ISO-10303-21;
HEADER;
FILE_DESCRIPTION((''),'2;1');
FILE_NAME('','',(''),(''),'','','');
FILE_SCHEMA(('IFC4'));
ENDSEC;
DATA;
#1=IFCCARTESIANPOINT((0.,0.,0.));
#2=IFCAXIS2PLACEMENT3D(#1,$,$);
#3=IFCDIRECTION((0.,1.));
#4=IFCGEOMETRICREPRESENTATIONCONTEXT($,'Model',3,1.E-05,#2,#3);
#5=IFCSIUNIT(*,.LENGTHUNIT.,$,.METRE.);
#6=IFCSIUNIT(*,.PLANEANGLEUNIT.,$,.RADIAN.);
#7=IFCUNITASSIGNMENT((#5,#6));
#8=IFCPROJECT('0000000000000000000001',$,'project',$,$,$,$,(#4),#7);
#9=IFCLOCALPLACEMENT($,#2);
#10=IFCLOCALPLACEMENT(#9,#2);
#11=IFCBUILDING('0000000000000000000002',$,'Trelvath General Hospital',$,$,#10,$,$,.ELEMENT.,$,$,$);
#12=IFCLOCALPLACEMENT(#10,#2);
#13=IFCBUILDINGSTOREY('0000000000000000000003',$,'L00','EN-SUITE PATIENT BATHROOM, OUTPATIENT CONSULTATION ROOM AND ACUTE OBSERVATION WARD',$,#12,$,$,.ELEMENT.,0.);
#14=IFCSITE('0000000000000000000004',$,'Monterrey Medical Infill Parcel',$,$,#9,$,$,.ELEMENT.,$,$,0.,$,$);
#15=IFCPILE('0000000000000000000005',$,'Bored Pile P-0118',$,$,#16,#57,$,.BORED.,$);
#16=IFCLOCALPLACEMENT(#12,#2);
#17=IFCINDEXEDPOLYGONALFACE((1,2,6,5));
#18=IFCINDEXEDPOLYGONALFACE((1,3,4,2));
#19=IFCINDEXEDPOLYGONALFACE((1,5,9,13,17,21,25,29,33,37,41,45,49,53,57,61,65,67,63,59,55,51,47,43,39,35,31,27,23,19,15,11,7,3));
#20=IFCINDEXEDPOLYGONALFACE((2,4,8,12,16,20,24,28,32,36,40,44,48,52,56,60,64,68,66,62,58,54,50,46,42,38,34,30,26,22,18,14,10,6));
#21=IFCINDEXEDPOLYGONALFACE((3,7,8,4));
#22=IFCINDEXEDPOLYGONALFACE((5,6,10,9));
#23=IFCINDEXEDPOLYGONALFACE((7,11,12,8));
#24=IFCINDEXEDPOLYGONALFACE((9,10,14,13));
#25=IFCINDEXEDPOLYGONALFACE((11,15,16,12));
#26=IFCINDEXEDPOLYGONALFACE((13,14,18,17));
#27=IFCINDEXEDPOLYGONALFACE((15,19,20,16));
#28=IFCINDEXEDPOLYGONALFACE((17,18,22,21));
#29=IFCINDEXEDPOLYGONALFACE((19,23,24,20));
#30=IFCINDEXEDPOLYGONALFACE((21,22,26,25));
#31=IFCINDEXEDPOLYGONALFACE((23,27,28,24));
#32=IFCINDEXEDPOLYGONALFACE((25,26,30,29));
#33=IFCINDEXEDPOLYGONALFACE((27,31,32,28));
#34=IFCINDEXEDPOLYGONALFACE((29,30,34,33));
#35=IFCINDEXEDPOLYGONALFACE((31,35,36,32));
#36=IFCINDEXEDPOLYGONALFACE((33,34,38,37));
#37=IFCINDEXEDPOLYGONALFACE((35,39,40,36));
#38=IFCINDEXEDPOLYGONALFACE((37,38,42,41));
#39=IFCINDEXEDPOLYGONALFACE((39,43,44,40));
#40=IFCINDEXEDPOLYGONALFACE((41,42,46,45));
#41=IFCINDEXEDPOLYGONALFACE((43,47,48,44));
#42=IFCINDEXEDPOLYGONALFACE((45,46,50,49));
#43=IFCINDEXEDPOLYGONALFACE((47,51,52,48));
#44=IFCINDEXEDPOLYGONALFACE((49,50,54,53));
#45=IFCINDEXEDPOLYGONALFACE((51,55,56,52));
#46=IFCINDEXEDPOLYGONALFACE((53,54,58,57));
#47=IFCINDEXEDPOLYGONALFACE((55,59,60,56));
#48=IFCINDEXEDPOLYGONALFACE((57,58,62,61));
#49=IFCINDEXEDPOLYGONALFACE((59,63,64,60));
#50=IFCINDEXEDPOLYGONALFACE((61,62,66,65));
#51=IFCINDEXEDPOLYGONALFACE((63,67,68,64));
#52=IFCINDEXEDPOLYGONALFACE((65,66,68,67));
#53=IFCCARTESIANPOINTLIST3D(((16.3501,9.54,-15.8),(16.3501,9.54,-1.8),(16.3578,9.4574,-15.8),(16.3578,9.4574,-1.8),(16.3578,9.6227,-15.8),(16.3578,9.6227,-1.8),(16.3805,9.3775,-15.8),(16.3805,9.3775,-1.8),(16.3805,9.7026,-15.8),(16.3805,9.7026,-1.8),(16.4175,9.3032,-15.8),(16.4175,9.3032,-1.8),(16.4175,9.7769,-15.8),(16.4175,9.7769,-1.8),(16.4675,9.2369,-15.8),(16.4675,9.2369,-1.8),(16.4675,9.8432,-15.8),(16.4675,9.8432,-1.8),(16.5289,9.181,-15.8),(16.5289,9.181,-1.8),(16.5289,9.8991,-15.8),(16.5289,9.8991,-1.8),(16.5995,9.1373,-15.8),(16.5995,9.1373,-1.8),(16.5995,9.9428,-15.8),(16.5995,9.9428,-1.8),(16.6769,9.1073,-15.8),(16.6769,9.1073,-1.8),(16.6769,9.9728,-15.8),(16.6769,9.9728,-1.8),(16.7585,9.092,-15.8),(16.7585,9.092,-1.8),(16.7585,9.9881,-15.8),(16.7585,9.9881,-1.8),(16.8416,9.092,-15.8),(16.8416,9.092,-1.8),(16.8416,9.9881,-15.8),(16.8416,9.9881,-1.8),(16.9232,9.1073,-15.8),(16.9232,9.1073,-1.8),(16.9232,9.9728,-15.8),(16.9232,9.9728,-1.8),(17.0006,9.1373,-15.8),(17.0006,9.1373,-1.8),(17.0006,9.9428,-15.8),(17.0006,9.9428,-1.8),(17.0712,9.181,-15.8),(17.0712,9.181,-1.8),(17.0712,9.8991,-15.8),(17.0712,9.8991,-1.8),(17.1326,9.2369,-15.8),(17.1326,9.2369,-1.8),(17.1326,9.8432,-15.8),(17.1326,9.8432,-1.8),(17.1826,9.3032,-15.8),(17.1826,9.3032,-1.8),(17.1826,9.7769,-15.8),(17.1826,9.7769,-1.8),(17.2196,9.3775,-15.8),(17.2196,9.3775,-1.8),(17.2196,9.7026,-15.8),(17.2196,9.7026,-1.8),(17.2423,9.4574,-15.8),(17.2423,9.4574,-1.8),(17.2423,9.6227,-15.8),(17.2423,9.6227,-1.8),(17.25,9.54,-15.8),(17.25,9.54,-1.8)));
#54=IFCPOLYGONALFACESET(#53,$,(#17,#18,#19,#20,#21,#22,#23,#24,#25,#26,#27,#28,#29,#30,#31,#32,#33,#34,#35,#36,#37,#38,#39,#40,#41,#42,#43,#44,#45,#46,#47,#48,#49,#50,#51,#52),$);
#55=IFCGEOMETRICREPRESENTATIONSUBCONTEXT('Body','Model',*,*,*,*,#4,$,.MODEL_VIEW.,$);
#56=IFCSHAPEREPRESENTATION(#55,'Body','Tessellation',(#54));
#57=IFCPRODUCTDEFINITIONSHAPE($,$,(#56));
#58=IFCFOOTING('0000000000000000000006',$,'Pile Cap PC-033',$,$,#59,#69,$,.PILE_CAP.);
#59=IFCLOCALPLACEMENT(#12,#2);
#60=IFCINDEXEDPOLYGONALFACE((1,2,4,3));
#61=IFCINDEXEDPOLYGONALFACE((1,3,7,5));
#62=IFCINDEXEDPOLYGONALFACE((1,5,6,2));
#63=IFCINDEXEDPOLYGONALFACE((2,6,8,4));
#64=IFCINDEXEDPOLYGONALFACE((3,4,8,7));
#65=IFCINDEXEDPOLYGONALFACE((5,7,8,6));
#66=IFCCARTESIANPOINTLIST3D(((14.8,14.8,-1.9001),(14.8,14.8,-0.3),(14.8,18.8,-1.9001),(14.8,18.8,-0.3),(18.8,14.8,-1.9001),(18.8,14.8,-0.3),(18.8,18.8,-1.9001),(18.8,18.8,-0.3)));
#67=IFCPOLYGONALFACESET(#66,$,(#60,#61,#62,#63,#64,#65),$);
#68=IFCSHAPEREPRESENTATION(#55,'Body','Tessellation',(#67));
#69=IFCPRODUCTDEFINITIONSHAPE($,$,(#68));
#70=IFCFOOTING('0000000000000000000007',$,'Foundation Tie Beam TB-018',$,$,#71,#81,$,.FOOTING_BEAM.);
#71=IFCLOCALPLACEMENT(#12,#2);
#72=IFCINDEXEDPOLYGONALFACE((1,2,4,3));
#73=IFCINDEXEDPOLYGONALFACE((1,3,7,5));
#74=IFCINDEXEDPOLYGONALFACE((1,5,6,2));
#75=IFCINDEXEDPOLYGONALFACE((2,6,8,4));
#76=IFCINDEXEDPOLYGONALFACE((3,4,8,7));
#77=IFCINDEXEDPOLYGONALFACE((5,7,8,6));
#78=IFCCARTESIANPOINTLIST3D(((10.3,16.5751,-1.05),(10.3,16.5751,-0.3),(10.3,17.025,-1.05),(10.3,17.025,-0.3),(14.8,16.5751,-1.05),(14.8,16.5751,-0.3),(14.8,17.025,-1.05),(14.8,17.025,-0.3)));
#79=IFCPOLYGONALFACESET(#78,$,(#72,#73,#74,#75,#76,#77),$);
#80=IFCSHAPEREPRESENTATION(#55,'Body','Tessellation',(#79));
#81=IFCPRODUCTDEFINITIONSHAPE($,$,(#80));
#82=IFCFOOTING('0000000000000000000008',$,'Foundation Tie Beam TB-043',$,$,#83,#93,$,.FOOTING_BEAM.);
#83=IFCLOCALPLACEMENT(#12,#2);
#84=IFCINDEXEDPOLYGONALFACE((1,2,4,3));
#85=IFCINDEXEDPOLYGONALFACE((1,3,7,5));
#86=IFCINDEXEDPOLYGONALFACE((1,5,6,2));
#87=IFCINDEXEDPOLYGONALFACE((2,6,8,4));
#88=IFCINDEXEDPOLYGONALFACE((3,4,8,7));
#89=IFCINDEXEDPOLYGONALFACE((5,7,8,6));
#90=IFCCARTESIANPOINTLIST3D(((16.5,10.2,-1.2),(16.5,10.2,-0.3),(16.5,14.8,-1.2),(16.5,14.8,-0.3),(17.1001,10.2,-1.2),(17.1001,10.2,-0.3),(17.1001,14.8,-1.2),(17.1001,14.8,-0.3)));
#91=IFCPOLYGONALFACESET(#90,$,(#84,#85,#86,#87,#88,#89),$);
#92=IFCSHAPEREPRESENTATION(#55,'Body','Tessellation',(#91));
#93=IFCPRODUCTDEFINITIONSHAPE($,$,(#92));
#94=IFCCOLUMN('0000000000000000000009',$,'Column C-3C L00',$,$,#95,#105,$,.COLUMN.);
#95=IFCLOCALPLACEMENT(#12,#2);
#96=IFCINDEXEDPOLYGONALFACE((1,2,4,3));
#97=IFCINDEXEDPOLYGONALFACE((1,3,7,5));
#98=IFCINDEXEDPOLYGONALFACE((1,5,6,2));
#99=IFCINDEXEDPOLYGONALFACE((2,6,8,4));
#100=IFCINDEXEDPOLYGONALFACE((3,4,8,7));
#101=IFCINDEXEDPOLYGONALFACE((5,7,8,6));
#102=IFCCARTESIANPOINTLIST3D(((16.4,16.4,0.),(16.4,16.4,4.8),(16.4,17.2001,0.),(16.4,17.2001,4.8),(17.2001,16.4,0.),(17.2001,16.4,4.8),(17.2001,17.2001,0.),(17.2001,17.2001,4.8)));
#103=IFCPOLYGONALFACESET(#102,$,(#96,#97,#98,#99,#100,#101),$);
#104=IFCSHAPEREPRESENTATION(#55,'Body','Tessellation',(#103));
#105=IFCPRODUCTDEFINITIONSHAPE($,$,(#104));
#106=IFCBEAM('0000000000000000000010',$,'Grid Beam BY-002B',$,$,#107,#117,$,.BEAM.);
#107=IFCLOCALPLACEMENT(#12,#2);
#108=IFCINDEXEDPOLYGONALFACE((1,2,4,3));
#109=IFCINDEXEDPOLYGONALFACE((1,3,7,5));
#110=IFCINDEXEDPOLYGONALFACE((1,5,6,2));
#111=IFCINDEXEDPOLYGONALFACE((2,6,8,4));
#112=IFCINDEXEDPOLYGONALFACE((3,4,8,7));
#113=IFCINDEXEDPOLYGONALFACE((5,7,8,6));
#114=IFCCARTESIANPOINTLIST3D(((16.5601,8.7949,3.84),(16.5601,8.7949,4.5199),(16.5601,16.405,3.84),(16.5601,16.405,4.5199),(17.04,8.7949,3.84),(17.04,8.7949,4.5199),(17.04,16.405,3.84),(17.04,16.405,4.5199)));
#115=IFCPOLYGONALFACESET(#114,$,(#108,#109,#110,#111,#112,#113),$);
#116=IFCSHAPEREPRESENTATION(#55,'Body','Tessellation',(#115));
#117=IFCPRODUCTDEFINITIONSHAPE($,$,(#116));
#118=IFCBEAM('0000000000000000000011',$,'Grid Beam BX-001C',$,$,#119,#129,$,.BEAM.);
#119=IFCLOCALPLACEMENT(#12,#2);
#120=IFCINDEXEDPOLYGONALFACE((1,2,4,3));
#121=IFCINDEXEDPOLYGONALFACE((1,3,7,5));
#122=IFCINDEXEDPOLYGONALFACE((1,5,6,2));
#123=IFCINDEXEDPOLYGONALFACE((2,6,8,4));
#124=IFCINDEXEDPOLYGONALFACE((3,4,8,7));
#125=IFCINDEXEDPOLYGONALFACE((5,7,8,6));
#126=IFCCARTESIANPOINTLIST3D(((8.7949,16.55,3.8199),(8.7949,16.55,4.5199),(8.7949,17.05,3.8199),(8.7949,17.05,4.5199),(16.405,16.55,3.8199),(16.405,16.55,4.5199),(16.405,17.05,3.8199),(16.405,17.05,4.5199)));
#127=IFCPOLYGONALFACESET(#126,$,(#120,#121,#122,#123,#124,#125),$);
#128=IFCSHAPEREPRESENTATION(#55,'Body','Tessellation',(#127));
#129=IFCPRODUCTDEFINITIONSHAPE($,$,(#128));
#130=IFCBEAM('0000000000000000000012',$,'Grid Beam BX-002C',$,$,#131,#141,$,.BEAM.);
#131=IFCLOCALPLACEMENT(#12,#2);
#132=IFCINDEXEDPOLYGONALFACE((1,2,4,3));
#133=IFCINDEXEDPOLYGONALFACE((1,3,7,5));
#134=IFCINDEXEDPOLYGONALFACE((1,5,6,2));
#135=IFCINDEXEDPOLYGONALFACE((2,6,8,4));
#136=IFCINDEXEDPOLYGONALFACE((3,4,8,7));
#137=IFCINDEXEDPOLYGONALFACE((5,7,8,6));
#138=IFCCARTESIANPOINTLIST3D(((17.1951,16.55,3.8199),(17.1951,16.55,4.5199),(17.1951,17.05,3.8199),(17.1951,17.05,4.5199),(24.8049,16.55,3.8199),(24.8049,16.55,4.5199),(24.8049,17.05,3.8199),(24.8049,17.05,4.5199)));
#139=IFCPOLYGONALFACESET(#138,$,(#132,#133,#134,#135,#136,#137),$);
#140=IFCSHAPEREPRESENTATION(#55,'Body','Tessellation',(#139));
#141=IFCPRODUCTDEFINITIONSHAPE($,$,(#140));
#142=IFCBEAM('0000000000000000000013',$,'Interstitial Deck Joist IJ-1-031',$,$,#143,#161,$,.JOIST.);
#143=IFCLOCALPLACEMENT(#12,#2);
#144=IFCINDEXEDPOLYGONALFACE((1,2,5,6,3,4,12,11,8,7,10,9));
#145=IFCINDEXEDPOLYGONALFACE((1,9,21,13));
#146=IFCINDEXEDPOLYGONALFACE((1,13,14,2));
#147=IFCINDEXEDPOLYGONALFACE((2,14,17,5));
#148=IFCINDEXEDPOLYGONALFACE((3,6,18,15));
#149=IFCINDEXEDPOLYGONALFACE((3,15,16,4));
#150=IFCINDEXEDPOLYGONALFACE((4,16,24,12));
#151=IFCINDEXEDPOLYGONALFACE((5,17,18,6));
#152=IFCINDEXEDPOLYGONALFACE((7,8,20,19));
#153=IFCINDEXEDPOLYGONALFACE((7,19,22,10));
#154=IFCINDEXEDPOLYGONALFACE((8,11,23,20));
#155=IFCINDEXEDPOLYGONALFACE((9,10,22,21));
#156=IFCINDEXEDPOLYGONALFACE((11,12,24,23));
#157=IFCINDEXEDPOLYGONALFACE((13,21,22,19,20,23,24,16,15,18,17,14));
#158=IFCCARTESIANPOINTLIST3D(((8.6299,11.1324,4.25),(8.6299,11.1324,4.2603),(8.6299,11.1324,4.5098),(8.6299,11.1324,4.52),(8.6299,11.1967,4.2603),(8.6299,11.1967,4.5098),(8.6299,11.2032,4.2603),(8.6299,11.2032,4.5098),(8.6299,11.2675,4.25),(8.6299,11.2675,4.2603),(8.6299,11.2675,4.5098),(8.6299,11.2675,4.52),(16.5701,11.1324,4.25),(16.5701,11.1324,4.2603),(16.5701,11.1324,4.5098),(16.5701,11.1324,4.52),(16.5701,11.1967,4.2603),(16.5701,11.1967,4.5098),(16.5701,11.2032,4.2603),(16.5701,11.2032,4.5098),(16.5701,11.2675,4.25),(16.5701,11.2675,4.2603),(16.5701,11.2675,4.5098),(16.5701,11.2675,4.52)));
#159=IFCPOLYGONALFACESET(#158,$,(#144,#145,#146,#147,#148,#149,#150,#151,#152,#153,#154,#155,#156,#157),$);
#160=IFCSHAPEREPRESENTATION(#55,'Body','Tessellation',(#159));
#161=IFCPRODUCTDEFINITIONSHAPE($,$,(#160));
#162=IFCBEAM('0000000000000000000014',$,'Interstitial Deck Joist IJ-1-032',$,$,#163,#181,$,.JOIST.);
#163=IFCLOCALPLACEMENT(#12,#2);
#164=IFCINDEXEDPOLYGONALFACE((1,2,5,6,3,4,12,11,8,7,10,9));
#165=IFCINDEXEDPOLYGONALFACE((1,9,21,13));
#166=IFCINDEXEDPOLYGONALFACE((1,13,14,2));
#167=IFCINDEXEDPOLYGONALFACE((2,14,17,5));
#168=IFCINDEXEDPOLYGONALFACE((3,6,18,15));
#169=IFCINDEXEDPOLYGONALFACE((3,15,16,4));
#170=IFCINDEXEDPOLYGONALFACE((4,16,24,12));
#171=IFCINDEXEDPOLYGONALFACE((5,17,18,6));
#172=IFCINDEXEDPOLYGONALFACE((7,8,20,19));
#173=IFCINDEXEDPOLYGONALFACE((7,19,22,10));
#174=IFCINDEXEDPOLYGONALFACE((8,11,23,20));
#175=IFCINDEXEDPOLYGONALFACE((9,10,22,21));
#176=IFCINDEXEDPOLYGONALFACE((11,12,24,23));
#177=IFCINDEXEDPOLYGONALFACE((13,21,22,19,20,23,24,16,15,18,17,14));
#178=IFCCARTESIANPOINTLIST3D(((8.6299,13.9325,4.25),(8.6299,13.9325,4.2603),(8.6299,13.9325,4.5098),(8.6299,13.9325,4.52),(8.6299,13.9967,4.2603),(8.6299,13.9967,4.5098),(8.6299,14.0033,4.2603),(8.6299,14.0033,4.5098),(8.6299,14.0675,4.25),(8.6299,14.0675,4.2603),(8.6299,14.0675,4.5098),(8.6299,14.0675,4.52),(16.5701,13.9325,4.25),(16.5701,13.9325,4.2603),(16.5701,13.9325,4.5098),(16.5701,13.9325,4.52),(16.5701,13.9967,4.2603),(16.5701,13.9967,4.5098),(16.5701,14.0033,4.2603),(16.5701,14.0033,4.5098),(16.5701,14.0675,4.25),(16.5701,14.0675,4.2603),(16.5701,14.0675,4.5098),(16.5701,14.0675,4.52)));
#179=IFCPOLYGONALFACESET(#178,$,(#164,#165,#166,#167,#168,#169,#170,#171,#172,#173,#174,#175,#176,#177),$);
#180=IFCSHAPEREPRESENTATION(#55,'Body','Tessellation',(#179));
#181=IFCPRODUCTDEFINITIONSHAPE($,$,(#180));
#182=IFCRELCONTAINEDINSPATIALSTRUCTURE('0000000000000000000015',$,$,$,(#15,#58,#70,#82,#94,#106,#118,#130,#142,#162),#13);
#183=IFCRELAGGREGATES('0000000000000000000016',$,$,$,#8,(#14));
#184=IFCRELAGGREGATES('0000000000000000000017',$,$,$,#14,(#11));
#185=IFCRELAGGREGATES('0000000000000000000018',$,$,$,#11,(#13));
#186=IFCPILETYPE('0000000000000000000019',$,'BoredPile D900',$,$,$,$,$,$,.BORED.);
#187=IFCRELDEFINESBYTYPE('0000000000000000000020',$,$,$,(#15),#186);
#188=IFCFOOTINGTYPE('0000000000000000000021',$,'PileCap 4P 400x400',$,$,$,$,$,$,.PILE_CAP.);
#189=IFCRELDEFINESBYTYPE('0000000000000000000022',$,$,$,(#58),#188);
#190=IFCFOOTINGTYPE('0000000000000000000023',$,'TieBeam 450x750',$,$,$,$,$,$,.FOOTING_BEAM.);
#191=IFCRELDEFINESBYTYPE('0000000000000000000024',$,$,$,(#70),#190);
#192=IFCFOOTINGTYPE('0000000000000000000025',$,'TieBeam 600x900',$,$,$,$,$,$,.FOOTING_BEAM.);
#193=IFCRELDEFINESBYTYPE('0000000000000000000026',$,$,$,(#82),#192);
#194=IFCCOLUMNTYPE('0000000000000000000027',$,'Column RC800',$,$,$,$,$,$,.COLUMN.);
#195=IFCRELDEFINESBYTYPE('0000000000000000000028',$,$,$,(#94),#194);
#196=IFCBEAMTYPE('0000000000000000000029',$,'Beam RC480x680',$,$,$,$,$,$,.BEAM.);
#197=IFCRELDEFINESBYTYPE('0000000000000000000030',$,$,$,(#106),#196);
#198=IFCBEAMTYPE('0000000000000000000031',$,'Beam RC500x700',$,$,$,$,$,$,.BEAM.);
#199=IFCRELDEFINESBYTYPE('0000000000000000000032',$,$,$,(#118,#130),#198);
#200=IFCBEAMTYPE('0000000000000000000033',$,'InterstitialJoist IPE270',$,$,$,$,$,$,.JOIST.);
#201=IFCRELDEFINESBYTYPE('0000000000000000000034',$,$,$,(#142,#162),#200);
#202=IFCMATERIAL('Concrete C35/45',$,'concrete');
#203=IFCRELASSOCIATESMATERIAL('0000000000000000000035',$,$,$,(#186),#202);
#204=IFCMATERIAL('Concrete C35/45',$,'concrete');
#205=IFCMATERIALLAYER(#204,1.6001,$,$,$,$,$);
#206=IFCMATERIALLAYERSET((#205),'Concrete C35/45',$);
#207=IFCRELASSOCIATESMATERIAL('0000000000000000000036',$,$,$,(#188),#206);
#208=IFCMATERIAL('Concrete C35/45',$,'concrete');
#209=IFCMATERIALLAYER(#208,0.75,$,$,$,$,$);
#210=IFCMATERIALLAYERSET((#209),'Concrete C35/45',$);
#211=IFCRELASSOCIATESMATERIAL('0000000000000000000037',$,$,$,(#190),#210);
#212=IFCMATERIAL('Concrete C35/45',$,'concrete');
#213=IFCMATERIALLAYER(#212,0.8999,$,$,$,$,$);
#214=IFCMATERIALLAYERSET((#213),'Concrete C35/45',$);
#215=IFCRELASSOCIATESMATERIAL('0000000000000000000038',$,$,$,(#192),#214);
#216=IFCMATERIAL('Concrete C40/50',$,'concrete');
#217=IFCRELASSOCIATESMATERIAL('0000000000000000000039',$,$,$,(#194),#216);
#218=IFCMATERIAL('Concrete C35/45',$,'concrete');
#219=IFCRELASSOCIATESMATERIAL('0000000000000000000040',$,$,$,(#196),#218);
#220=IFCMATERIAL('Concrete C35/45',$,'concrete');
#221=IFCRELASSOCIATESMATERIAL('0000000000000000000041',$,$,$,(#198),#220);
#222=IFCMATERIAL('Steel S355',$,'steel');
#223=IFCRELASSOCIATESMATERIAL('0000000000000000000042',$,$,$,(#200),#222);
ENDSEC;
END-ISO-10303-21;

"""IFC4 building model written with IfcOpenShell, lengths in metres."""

from ifc_helpers import new_model, si_unit, direction, frame, origin, origin_2d, place, context, subcontext, project, spatial, rectangle, circle, i_section, extrude, material, layer, layer_set, material_profile, profile_set, type_object, element, save


model = new_model("IFC4")

# Units and contexts
model_context = context("Model", 3, precision=1e-05, world=origin(), true_north=direction((0.0, 1.0)))
body_context = subcontext(model_context, "Body", "Model", "MODEL_VIEW")
ifc_project = project(units=[si_unit("LENGTHUNIT", "METRE"), si_unit("PLANEANGLEUNIT", "RADIAN")], contexts=[model_context])

# Site, building, storey
site_placement = place(None, origin())
site = spatial("IfcSite", under=ifc_project, at=site_placement, Name="Monterrey Medical Infill Parcel", CompositionType="ELEMENT", RefElevation=0.0)
building_placement = place(site_placement, origin())
building = spatial("IfcBuilding", under=site, at=building_placement, Name="Trelvath General Hospital", CompositionType="ELEMENT")
storey_placement = place(building_placement, origin())
storey = spatial("IfcBuildingStorey", under=building, at=storey_placement, Name="L00", Description="EN-SUITE PATIENT BATHROOM, OUTPATIENT CONSULTATION ROOM AND ACUTE OBSERVATION WARD", CompositionType="ELEMENT", Elevation=0.0)

# Pile
ifc_material_1 = material(Name="Concrete C35/45", Category="concrete")
ifc_material_profile_1 = material_profile(ifc_material_1, circle(Radius=0.45, at=origin_2d()), Name="PILE900")
ifc_profile_set_1 = profile_set([ifc_material_profile_1], Name="Concrete C35/45")
pile_type_1 = type_object("IfcPileType", Name="BoredPile D900", PredefinedType="BORED", material=ifc_profile_set_1)
for number, where, z_axis, x_axis, name in (
    (1, (16.8, 9.54, -1.8), (0.0, 0.0, -1.0), (1.0, 0.0, 0.0), "Bored Pile P-0118"),
):
    element("IfcPile", number, at=place(storey_placement, frame(where, z_axis=z_axis, x_axis=x_axis)), inside=storey, type_object=pile_type_1, Name=name, PredefinedType="BORED", context=body_context, shape_type="SweptSolid", body=[
        extrude(circle(Radius=0.45, at=origin_2d()), origin(), (0.0, 0.0, 1.0), 14.0),
    ])

# Footings
ifc_material_2 = material(Name="Concrete C35/45", Category="concrete")
ifc_layer_1 = layer(ifc_material_2, 1.6001)
ifc_layer_set_1 = layer_set([ifc_layer_1], Name="Concrete C35/45")
footing_type_1 = type_object("IfcFootingType", Name="PileCap 4P 400x400", PredefinedType="PILE_CAP", material=ifc_layer_set_1)
footing_1_placement = place(storey_placement, frame((16.8, 16.8, -1.9001), z_axis=(0.0, 0.0, 1.0), x_axis=(1.0, 0.0, 0.0)))
element("IfcFooting", 2, at=footing_1_placement, inside=storey, type_object=footing_type_1, Name="Pile Cap PC-033", PredefinedType="PILE_CAP", context=body_context, shape_type="SweptSolid", body=[
    extrude(rectangle(XDim=4.0, YDim=4.0, at=origin_2d()), origin(), (0.0, 0.0, 1.0), 1.6001),
])
ifc_material_3 = material(Name="Concrete C35/45", Category="concrete")
ifc_layer_2 = layer(ifc_material_3, 0.75)
ifc_layer_set_2 = layer_set([ifc_layer_2], Name="Concrete C35/45")
footing_type_2 = type_object("IfcFootingType", Name="TieBeam 450x750", PredefinedType="FOOTING_BEAM", material=ifc_layer_set_2)
footing_2_placement = place(storey_placement, frame((12.55, 16.8, -1.05), z_axis=(0.0, 0.0, 1.0), x_axis=(1.0, 0.0, 0.0)))
element("IfcFooting", 3, at=footing_2_placement, inside=storey, type_object=footing_type_2, Name="Foundation Tie Beam TB-018", PredefinedType="FOOTING_BEAM", context=body_context, shape_type="SweptSolid", body=[
    extrude(rectangle(XDim=4.5, YDim=0.45, at=origin_2d()), origin(), (0.0, 0.0, 1.0), 0.75),
])
ifc_material_4 = material(Name="Concrete C35/45", Category="concrete")
ifc_layer_3 = layer(ifc_material_4, 0.8999)
ifc_layer_set_3 = layer_set([ifc_layer_3], Name="Concrete C35/45")
footing_type_3 = type_object("IfcFootingType", Name="TieBeam 600x900", PredefinedType="FOOTING_BEAM", material=ifc_layer_set_3)
footing_3_placement = place(storey_placement, frame((16.8, 12.5, -1.2), z_axis=(0.0, 0.0, 1.0), x_axis=(1.0, 0.0, 0.0)))
element("IfcFooting", 4, at=footing_3_placement, inside=storey, type_object=footing_type_3, Name="Foundation Tie Beam TB-043", PredefinedType="FOOTING_BEAM", context=body_context, shape_type="SweptSolid", body=[
    extrude(rectangle(XDim=0.6001, YDim=4.6001, at=origin_2d()), origin(), (0.0, 0.0, 1.0), 0.8999),
])

# Column
ifc_material_5 = material(Name="Concrete C40/50", Category="concrete")
ifc_material_profile_2 = material_profile(ifc_material_5, rectangle(XDim=0.8, YDim=0.8, at=origin_2d()), Name="RC800x800")
ifc_profile_set_2 = profile_set([ifc_material_profile_2], Name="Concrete C40/50")
column_type = type_object("IfcColumnType", Name="Column RC800", PredefinedType="COLUMN", material=ifc_profile_set_2)
column_placement = place(storey_placement, frame((16.8, 16.8, 0.0), z_axis=(0.0, 0.0, 1.0), x_axis=(1.0, 0.0, 0.0)))
element("IfcColumn", 5, at=column_placement, inside=storey, type_object=column_type, Name="Column C-3C L00", PredefinedType="COLUMN", context=body_context, shape_type="SweptSolid", body=[
    extrude(rectangle(XDim=0.8, YDim=0.8, at=origin_2d()), origin(), (0.0, 0.0, 1.0), 4.8),
])

# Beams
ifc_material_6 = material(Name="Concrete C35/45", Category="concrete")
ifc_material_profile_3 = material_profile(ifc_material_6, rectangle(XDim=0.48, YDim=0.6799, at=origin_2d()), Name="RCB480x680")
ifc_profile_set_3 = profile_set([ifc_material_profile_3], Name="Concrete C35/45")
beam_type_1 = type_object("IfcBeamType", Name="Beam RC480x680", PredefinedType="BEAM", material=ifc_profile_set_3)
beam_1_placement = place(storey_placement, frame((16.8, 8.7949, 4.1799), z_axis=(0.0, 1.0, 0.0), x_axis=(-1.0, 0.0, 0.0)))
element("IfcBeam", 6, at=beam_1_placement, inside=storey, type_object=beam_type_1, Name="Grid Beam BY-002B", PredefinedType="BEAM", context=body_context, shape_type="SweptSolid", body=[
    extrude(rectangle(XDim=0.48, YDim=0.6799, at=origin_2d()), origin(), (0.0, 0.0, 1.0), 7.6101),
])
ifc_material_7 = material(Name="Concrete C35/45", Category="concrete")
ifc_material_profile_4 = material_profile(ifc_material_7, rectangle(XDim=0.5, YDim=0.7, at=origin_2d()), Name="RCB500x700")
ifc_profile_set_4 = profile_set([ifc_material_profile_4], Name="Concrete C35/45")
beam_type_2 = type_object("IfcBeamType", Name="Beam RC500x700", PredefinedType="BEAM", material=ifc_profile_set_4)
beam_2_placement = place(storey_placement, frame((8.7949, 16.8, 4.1699), z_axis=(1.0, 0.0, 0.0), x_axis=(0.0, 1.0, 0.0)))
element("IfcBeam", 7, at=beam_2_placement, inside=storey, type_object=beam_type_2, Name="Grid Beam BX-001C", PredefinedType="BEAM", context=body_context, shape_type="SweptSolid", body=[
    extrude(rectangle(XDim=0.5, YDim=0.7, at=origin_2d()), origin(), (0.0, 0.0, 1.0), 7.6101),
])
beam_3_placement = place(storey_placement, frame((17.1951, 16.8, 4.1699), z_axis=(1.0, 0.0, 0.0), x_axis=(0.0, 1.0, 0.0)))
element("IfcBeam", 8, at=beam_3_placement, inside=storey, type_object=beam_type_2, Name="Grid Beam BX-002C", PredefinedType="BEAM", context=body_context, shape_type="SweptSolid", body=[
    extrude(rectangle(XDim=0.5, YDim=0.7, at=origin_2d()), origin(), (0.0, 0.0, 1.0), 7.6099),
])
ifc_material_8 = material(Name="Steel S355", Category="steel")
ifc_material_profile_5 = material_profile(ifc_material_8, i_section(OverallWidth=0.135, OverallDepth=0.27, WebThickness=0.0066, FlangeThickness=0.0103, at=origin_2d()), Name="IPE270")
ifc_profile_set_5 = profile_set([ifc_material_profile_5], Name="Steel S355")
beam_type_3 = type_object("IfcBeamType", Name="InterstitialJoist IPE270", PredefinedType="JOIST", material=ifc_profile_set_5)
for number, where, z_axis, x_axis, name in (
    (9, (8.6299, 11.2, 4.385), (1.0, 0.0, 0.0), (0.0, 1.0, 0.0), "Interstitial Deck Joist IJ-1-031"),
    (10, (8.6299, 14.0, 4.385), (1.0, 0.0, 0.0), (0.0, 1.0, 0.0), "Interstitial Deck Joist IJ-1-032"),
):
    element("IfcBeam", number, at=place(storey_placement, frame(where, z_axis=z_axis, x_axis=x_axis)), inside=storey, type_object=beam_type_3, Name=name, PredefinedType="JOIST", context=body_context, shape_type="SweptSolid", body=[
        extrude(i_section(OverallWidth=0.135, OverallDepth=0.27, WebThickness=0.0066, FlangeThickness=0.0103, at=origin_2d()), origin(), (0.0, 0.0, 1.0), 7.9402),
    ])

save(model, "model.ifc")
